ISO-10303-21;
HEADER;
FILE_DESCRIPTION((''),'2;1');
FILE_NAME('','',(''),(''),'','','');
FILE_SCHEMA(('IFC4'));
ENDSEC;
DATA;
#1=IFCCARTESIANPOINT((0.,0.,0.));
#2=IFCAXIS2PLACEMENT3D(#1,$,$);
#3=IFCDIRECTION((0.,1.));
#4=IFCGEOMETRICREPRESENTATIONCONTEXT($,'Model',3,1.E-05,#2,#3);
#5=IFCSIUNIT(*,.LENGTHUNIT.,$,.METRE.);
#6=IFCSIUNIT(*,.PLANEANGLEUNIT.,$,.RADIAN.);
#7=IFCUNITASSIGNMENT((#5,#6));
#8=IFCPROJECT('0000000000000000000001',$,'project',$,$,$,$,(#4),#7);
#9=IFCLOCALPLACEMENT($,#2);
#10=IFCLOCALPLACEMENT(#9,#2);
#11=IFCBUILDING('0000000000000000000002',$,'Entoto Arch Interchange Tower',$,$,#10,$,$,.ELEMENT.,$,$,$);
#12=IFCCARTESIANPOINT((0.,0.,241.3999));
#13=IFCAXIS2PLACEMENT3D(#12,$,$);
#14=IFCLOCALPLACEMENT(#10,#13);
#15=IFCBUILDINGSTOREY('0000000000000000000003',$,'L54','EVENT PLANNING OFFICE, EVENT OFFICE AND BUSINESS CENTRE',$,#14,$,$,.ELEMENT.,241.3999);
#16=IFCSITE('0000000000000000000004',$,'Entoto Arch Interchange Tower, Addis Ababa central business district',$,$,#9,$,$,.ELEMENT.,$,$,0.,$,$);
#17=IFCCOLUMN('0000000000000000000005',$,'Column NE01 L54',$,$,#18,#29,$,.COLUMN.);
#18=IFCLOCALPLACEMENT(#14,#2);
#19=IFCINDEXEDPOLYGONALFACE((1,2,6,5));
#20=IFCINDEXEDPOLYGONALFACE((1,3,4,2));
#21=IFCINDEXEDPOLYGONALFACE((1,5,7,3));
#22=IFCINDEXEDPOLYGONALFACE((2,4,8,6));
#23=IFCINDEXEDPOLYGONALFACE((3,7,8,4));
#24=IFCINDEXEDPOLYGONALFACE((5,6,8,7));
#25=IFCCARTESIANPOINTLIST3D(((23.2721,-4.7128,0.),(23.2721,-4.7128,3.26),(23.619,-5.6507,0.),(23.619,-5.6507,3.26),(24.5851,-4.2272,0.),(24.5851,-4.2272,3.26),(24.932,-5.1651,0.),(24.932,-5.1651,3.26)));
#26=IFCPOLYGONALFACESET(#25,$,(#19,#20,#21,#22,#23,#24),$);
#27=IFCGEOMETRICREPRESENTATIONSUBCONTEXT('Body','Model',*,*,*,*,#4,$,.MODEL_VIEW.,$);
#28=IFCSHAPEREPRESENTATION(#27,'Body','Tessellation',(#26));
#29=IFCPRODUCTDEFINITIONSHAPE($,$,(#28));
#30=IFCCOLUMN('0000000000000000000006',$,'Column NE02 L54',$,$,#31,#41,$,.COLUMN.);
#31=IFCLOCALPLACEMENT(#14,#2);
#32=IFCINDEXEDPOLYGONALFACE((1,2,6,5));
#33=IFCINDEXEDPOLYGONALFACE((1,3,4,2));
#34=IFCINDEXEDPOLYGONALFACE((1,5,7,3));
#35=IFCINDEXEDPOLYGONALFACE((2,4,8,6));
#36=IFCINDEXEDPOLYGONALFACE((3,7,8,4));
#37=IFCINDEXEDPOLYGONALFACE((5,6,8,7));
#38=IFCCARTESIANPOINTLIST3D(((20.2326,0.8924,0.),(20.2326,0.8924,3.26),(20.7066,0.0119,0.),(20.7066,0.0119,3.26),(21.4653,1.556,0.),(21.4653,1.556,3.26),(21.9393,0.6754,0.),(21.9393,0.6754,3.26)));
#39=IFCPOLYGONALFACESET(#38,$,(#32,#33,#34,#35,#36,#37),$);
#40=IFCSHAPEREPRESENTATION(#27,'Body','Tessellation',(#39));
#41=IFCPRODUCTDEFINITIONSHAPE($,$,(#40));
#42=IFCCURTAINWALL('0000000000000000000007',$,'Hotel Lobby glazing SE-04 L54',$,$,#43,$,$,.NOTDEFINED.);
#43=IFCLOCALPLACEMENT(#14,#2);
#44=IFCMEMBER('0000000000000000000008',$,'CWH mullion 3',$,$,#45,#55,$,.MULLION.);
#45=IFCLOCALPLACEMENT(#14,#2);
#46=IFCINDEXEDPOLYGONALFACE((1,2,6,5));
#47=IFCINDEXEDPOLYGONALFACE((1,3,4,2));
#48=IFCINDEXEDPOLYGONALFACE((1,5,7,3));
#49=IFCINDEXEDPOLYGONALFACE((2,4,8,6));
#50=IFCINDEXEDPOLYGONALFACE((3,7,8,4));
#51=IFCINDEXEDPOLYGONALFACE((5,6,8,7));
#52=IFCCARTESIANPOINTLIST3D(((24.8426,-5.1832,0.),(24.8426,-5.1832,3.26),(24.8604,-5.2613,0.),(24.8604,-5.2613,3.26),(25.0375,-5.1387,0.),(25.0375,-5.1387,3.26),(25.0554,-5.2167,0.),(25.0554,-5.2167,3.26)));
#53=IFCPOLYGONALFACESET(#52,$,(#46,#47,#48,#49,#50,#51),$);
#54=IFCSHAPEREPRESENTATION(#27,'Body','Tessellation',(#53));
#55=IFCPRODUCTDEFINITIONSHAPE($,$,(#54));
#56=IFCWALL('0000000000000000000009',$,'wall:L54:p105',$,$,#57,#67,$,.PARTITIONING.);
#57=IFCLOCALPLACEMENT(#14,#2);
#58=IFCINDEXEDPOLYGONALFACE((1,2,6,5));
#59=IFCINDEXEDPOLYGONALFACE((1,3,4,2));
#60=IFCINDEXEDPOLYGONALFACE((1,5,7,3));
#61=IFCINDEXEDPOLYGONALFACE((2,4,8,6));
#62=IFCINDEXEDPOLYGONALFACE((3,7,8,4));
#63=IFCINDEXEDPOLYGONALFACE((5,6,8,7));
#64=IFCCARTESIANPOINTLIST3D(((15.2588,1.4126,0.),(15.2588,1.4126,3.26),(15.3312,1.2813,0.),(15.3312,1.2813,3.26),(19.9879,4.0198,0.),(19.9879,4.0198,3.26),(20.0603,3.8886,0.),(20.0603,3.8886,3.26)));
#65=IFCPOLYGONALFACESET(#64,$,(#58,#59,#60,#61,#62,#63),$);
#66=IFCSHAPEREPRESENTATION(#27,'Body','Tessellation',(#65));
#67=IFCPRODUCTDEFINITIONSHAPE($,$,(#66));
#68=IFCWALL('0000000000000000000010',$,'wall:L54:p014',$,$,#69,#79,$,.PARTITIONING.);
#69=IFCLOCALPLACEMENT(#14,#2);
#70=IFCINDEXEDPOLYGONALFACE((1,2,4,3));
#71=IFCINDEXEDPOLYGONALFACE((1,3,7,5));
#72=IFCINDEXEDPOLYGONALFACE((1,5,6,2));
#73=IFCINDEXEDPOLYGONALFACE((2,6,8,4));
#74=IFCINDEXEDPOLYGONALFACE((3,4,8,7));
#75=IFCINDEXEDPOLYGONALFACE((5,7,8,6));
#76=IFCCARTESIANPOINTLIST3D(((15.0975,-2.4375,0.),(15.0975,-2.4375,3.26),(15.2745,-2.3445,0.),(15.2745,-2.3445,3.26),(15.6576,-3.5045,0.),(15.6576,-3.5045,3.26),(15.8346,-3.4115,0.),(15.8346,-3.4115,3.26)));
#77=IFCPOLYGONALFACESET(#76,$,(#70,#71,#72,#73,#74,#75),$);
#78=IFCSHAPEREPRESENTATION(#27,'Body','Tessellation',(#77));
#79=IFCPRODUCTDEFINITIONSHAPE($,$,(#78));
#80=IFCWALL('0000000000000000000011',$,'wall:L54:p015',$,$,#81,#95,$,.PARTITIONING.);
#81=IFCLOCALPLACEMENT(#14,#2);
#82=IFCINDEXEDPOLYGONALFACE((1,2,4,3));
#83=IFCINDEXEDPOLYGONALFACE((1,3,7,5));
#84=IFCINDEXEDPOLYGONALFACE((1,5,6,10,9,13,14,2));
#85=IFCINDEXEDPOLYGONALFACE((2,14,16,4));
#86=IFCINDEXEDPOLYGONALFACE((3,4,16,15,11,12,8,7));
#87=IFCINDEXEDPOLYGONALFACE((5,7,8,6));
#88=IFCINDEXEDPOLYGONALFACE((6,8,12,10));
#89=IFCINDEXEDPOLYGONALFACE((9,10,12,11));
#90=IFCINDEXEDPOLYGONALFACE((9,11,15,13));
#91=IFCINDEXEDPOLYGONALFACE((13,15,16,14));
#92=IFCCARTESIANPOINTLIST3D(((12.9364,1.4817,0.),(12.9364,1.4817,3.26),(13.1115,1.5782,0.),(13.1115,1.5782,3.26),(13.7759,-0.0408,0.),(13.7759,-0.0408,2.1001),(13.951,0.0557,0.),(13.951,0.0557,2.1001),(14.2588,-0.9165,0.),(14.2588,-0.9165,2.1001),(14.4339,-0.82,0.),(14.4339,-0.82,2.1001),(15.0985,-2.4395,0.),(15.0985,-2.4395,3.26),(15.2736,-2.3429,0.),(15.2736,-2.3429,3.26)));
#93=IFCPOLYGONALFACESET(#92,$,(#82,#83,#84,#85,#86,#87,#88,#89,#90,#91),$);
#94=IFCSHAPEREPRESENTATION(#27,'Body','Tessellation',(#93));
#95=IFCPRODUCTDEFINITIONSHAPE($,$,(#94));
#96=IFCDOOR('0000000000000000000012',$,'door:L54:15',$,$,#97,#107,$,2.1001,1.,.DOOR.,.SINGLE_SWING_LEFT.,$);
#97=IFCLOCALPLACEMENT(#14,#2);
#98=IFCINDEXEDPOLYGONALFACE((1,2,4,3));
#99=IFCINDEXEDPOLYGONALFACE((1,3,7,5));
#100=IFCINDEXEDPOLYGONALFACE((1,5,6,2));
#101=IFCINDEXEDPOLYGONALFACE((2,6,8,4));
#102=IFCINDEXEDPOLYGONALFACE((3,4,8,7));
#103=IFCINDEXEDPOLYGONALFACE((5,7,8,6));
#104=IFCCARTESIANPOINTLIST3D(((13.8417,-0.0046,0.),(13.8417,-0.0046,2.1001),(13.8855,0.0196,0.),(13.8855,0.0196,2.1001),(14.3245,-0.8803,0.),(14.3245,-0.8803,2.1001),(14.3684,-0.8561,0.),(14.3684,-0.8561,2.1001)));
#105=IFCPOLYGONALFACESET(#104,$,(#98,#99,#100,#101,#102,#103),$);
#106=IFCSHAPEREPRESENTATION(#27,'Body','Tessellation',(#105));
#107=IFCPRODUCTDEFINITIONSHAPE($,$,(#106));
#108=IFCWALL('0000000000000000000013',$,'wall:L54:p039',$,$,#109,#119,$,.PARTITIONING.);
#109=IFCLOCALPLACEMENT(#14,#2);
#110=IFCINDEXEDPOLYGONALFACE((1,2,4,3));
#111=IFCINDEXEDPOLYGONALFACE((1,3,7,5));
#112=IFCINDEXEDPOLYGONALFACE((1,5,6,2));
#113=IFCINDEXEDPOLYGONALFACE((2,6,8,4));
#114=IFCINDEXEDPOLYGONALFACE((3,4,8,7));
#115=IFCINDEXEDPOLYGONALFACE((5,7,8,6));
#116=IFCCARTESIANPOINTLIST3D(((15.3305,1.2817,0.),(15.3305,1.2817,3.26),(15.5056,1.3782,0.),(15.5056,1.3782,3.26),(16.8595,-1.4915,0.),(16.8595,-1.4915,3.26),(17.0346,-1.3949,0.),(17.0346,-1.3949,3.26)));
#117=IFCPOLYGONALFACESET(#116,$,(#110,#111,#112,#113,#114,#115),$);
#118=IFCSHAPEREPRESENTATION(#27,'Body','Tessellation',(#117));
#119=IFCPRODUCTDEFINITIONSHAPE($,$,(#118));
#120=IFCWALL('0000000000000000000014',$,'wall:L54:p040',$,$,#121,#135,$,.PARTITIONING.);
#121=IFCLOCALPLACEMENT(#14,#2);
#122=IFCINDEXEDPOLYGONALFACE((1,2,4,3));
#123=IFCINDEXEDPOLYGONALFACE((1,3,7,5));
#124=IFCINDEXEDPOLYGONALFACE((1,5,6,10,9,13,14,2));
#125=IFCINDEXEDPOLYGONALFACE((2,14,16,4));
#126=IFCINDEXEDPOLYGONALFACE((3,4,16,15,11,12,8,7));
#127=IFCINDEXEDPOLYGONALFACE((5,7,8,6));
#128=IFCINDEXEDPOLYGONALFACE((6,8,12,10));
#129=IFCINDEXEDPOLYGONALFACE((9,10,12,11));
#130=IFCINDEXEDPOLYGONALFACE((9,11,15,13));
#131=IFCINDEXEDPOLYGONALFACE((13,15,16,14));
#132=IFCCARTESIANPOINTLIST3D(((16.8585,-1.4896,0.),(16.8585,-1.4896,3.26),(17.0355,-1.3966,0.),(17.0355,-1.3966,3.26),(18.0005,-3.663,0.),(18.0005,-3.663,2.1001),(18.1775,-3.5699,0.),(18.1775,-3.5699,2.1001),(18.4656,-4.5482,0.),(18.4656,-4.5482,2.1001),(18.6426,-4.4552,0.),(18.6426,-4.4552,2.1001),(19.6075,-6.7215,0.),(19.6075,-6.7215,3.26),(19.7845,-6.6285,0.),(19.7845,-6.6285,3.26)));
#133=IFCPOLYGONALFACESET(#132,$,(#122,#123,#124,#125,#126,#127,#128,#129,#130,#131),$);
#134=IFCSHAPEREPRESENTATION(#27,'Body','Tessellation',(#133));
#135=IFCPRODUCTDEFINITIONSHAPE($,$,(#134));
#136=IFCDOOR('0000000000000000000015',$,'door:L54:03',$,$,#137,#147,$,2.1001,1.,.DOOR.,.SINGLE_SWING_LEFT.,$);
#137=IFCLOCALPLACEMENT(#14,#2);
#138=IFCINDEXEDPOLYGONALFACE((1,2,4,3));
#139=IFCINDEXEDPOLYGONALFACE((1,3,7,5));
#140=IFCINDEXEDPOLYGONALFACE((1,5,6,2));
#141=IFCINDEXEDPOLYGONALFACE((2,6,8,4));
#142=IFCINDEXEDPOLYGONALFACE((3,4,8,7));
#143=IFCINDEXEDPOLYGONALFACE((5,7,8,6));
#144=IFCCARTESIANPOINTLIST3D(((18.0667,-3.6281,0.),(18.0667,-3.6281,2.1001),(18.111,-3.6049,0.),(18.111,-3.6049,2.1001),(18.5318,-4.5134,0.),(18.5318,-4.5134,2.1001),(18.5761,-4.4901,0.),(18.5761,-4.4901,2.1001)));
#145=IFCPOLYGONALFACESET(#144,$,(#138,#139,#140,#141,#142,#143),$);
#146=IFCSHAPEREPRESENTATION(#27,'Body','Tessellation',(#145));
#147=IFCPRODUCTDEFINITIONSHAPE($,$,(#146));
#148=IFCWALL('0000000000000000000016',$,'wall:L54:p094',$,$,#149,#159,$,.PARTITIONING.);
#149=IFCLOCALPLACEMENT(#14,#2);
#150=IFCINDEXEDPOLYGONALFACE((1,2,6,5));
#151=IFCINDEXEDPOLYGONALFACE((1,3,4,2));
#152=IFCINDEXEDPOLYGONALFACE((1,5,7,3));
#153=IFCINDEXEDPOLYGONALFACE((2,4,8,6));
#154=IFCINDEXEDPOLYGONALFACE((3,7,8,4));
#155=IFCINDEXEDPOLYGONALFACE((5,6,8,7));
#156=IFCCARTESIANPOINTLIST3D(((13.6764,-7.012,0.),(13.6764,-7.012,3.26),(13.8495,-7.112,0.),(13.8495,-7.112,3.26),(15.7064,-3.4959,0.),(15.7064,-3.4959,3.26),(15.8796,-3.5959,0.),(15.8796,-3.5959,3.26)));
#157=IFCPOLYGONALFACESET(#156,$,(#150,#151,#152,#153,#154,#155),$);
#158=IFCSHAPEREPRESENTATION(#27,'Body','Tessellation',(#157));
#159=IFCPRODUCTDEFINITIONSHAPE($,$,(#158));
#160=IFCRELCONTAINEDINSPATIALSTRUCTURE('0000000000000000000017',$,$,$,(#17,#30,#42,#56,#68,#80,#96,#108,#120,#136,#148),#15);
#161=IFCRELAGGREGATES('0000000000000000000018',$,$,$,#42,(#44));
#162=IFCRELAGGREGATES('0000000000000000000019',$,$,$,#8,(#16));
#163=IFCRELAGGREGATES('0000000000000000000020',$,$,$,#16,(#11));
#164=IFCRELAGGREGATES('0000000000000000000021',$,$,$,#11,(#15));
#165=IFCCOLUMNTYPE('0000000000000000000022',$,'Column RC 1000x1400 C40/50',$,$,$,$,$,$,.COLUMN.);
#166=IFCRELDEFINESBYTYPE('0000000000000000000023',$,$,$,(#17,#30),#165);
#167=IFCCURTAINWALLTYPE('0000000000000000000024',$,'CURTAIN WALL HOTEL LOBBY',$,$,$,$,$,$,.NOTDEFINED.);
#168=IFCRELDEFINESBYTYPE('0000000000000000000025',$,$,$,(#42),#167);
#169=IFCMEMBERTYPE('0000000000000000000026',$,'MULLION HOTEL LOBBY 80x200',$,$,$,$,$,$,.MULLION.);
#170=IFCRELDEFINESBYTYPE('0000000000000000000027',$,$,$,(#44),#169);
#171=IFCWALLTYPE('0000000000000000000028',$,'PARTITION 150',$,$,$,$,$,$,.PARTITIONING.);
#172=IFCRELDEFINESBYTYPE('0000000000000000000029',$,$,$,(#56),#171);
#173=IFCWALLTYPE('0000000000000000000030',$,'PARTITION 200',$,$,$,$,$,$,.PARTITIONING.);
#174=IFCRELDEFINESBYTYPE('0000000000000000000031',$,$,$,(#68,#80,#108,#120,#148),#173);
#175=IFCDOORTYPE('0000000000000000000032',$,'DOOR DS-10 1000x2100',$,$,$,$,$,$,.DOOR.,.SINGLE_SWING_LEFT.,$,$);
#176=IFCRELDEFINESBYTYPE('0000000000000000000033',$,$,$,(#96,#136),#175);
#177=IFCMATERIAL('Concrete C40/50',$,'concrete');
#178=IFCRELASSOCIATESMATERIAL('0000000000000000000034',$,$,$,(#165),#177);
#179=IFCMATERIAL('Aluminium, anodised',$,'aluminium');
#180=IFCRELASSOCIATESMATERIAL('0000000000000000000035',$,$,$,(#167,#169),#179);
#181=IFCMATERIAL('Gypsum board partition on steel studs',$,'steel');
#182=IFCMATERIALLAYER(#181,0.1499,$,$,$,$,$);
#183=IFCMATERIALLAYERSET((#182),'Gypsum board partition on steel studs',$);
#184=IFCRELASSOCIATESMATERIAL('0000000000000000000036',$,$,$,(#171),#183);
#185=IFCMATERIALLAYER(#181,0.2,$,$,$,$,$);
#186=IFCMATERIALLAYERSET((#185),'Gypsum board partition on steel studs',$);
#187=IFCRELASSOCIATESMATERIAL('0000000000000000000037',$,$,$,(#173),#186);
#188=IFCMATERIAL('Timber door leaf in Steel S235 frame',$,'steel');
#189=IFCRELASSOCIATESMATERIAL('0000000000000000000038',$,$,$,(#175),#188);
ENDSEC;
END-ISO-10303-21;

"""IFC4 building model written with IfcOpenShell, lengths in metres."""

from ifc_helpers import new_model, si_unit, direction, frame, frame_2d, origin, origin_2d, place, context, subcontext, project, spatial, rectangle, extrude, material, layer, layer_set, material_profile, profile_set, type_object, element, fill, aggregate, save


model = new_model("IFC4")

# Units and contexts
model_context = context("Model", 3, precision=1e-05, world=origin(), true_north=direction((0.0, 1.0)))
body_context = subcontext(model_context, "Body", "Model", "MODEL_VIEW")
ifc_project = project(units=[si_unit("LENGTHUNIT", "METRE"), si_unit("PLANEANGLEUNIT", "RADIAN")], contexts=[model_context])

# Site, building, storey
site_placement = place(None, origin())
site = spatial("IfcSite", under=ifc_project, at=site_placement, Name="Entoto Arch Interchange Tower, Addis Ababa central business district", CompositionType="ELEMENT", RefElevation=0.0)
building_placement = place(site_placement, origin())
building = spatial("IfcBuilding", under=site, at=building_placement, Name="Entoto Arch Interchange Tower", CompositionType="ELEMENT")
storey_placement = place(building_placement, frame((0.0, 0.0, 241.3999)))
storey = spatial("IfcBuildingStorey", under=building, at=storey_placement, Name="L54", Description="EVENT PLANNING OFFICE, EVENT OFFICE AND BUSINESS CENTRE", CompositionType="ELEMENT", Elevation=241.3999)

# Columns
ifc_material_1 = material(Name="Concrete C40/50", Category="concrete")
ifc_material_profile_1 = material_profile(ifc_material_1, rectangle(XDim=1.0, YDim=1.3999, at=origin_2d()))
ifc_profile_set_1 = profile_set([ifc_material_profile_1], Name="Concrete C40/50")
column_type = type_object("IfcColumnType", Name="Column RC 1000x1400 C40/50", PredefinedType="COLUMN", material=ifc_profile_set_1)
for number, where, z_axis, x_axis, name in (
    (1, (24.1021, -4.939, 0.0), (0.0, 0.0, 1.0), (-0.346854, 0.937919, 0.0), "Column NE01 L54"),
    (2, (21.0859, 0.7839, 0.0), (0.0, 0.0, 1.0), (-0.473981, 0.880535, 0.0), "Column NE02 L54"),
):
    element("IfcColumn", number, at=place(storey_placement, frame(where, z_axis=z_axis, x_axis=x_axis)), inside=storey, type_object=column_type, Name=name, PredefinedType="COLUMN", context=body_context, shape_type="SweptSolid", body=[
        extrude(rectangle(XDim=1.0, YDim=1.3999, at=origin_2d()), origin(), (0.0, 0.0, 1.0), 3.26),
    ])

# Curtain wall, member
ifc_material_2 = material(Name="Aluminium, anodised", Category="aluminium")
curtain_wall_type = type_object("IfcCurtainWallType", Name="CURTAIN WALL HOTEL LOBBY", PredefinedType="NOTDEFINED", material=ifc_material_2)
curtain_wall_placement = place(storey_placement, origin())
curtain_wall = element("IfcCurtainWall", 3, at=curtain_wall_placement, inside=storey, type_object=curtain_wall_type, Name="Hotel Lobby glazing SE-04 L54", PredefinedType="NOTDEFINED")
ifc_material_profile_2 = material_profile(ifc_material_2, rectangle(XDim=0.2, YDim=0.0801, at=origin_2d()))
ifc_profile_set_2 = profile_set([ifc_material_profile_2], Name="Aluminium, anodised")
member_type = type_object("IfcMemberType", Name="MULLION HOTEL LOBBY 80x200", PredefinedType="MULLION", material=ifc_profile_set_2)
member_placement = place(storey_placement, frame((24.949, -5.2, 0.0), z_axis=(0.0, 0.0, 1.0), x_axis=(-0.974881, -0.222727, 0.0)))
member = element("IfcMember", 4, at=member_placement, type_object=member_type, Name="CWH mullion 3", PredefinedType="MULLION", context=body_context, shape_type="SweptSolid", body=[
    extrude(rectangle(XDim=0.2, YDim=0.0801, at=origin_2d()), origin(), (0.0, 0.0, 1.0), 3.26),
])
aggregate(curtain_wall, [member])

# Walls
ifc_material_3 = material(Name="Gypsum board partition on steel studs", Category="steel")
ifc_layer_1 = layer(ifc_material_3, 0.1499)
ifc_layer_set_1 = layer_set([ifc_layer_1], Name="Gypsum board partition on steel studs")
wall_type_1 = type_object("IfcWallType", Name="PARTITION 150", PredefinedType="PARTITIONING", material=ifc_layer_set_1)
wall_1_placement = place(storey_placement, frame((15.2949, 1.3469, 0.0), z_axis=(0.0, 0.0, 1.0), x_axis=(0.875729, 0.482804, 0.0)))
element("IfcWall", 5, at=wall_1_placement, inside=storey, type_object=wall_type_1, Name="wall:L54:p105", PredefinedType="PARTITIONING", context=body_context, shape_type="SweptSolid", body=[
    extrude(rectangle(XDim=5.4001, YDim=0.1499, at=frame_2d((2.7002, 0.0))), origin(), (0.0, 0.0, 1.0), 3.26),
])
ifc_layer_2 = layer(ifc_material_3, 0.2)
ifc_layer_set_2 = layer_set([ifc_layer_2], Name="Gypsum board partition on steel studs")
wall_type_2 = type_object("IfcWallType", Name="PARTITION 200", PredefinedType="PARTITIONING", material=ifc_layer_set_2)
wall_2_placement = place(storey_placement, frame((15.7461, -3.458, 0.0), z_axis=(0.0, 0.0, 1.0), x_axis=(-0.464794, 0.885419, 0.0)))
element("IfcWall", 6, at=wall_2_placement, inside=storey, type_object=wall_type_2, Name="wall:L54:p014", PredefinedType="PARTITIONING", context=body_context, shape_type="SweptSolid", body=[
    extrude(rectangle(XDim=1.2051, YDim=0.2, at=frame_2d((0.6025, 0.0))), origin(), (0.0, 0.0, 1.0), 3.26),
])

# Wall, opening, door
wall_3_placement = place(storey_placement, frame((15.186, -2.3911, 0.0), z_axis=(0.0, 0.0, 1.0), x_axis=(-0.482858, 0.875699, 0.0)))
wall_3 = element("IfcWall", 7, at=wall_3_placement, inside=storey, type_object=wall_type_2, Name="wall:L54:p015", PredefinedType="PARTITIONING", context=body_context, shape_type="SweptSolid", body=[
    extrude(rectangle(XDim=4.4778, YDim=0.2, at=frame_2d((2.2388, 0.0))), origin(), (0.0, 0.0, 1.0), 3.26),
])
opening_1_placement = place(wall_3_placement, frame((1.739, 0.0, 0.0)))
opening_1 = element("IfcOpeningElement", 8, at=opening_1_placement, cuts=wall_3, PredefinedType="OPENING", context=body_context, shape_type="SweptSolid", body=[
    extrude(rectangle(XDim=1.0, YDim=2.1001, at=frame_2d((0.5, 1.05))), frame((0.0, 0.1099, 0.0), z_axis=(0.0, -1.0, 0.0), x_axis=(1.0, 0.0, 0.0)), (0.0, 0.0, 1.0), 0.22),
])
ifc_material_4 = material(Name="Timber door leaf in Steel S235 frame", Category="steel")
door_type_1 = type_object("IfcDoorType", Name="DOOR DS-10 1000x2100", OperationType="SINGLE_SWING_LEFT", PredefinedType="DOOR", material=ifc_material_4)
door_1_placement = place(opening_1_placement, origin())
door_1 = element("IfcDoor", 9, at=door_1_placement, inside=storey, type_object=door_type_1, Name="door:L54:15", OperationType="SINGLE_SWING_LEFT", OverallHeight=2.1001, OverallWidth=1.0, PredefinedType="DOOR", context=body_context, shape_type="SweptSolid", body=[
    extrude(rectangle(XDim=1.0, YDim=2.1001, at=frame_2d((0.5, 1.05))), frame((0.0, 0.0249, 0.0), z_axis=(0.0, -1.0, 0.0), x_axis=(1.0, 0.0, 0.0)), (0.0, 0.0, 1.0), 0.05),
])
fill(opening_1, door_1)

# Wall
wall_4_placement = place(storey_placement, frame((15.418, 1.3301, 0.0), z_axis=(0.0, 0.0, 1.0), x_axis=(0.482839, -0.875709, 0.0)))
element("IfcWall", 10, at=wall_4_placement, inside=storey, type_object=wall_type_2, Name="wall:L54:p039", PredefinedType="PARTITIONING", context=body_context, shape_type="SweptSolid", body=[
    extrude(rectangle(XDim=3.1667, YDim=0.2, at=frame_2d((1.5835, 0.0))), origin(), (0.0, 0.0, 1.0), 3.26),
])

# Wall, opening, door
wall_5_placement = place(storey_placement, frame((16.947, -1.4431, 0.0), z_axis=(0.0, 0.0, 1.0), x_axis=(0.465133, -0.885241, 0.0)))
wall_5 = element("IfcWall", 11, at=wall_5_placement, inside=storey, type_object=wall_type_2, Name="wall:L54:p040", PredefinedType="PARTITIONING", context=body_context, shape_type="SweptSolid", body=[
    extrude(rectangle(XDim=5.9102, YDim=0.2, at=frame_2d((2.9551, 0.0))), origin(), (0.0, 0.0, 1.0), 3.26),
])
opening_2_placement = place(wall_5_placement, frame((2.4551, 0.0, 0.0)))
opening_2 = element("IfcOpeningElement", 12, at=opening_2_placement, cuts=wall_5, PredefinedType="OPENING", context=body_context, shape_type="SweptSolid", body=[
    extrude(rectangle(XDim=1.0, YDim=2.1001, at=frame_2d((0.5, 1.05))), frame((0.0, 0.1099, 0.0), z_axis=(0.0, -1.0, 0.0), x_axis=(1.0, 0.0, 0.0)), (0.0, 0.0, 1.0), 0.22),
])
door_2_placement = place(opening_2_placement, origin())
door_2 = element("IfcDoor", 13, at=door_2_placement, inside=storey, type_object=door_type_1, Name="door:L54:03", OperationType="SINGLE_SWING_LEFT", OverallHeight=2.1001, OverallWidth=1.0, PredefinedType="DOOR", context=body_context, shape_type="SweptSolid", body=[
    extrude(rectangle(XDim=1.0, YDim=2.1001, at=frame_2d((0.5, 1.05))), frame((0.0, 0.0249, 0.0), z_axis=(0.0, -1.0, 0.0), x_axis=(1.0, 0.0, 0.0)), (0.0, 0.0, 1.0), 0.05),
])
fill(opening_2, door_2)

# Wall
wall_6_placement = place(storey_placement, frame((15.793, -3.5459, 0.0), z_axis=(0.0, 0.0, 1.0), x_axis=(-0.5, -0.866025, 0.0)))
element("IfcWall", 14, at=wall_6_placement, inside=storey, type_object=wall_type_2, Name="wall:L54:p094", PredefinedType="PARTITIONING", context=body_context, shape_type="SweptSolid", body=[
    extrude(rectangle(XDim=4.0601, YDim=0.2, at=frame_2d((2.03, 0.0))), origin(), (0.0, 0.0, 1.0), 3.26),
])

save(model, "model.ifc")
